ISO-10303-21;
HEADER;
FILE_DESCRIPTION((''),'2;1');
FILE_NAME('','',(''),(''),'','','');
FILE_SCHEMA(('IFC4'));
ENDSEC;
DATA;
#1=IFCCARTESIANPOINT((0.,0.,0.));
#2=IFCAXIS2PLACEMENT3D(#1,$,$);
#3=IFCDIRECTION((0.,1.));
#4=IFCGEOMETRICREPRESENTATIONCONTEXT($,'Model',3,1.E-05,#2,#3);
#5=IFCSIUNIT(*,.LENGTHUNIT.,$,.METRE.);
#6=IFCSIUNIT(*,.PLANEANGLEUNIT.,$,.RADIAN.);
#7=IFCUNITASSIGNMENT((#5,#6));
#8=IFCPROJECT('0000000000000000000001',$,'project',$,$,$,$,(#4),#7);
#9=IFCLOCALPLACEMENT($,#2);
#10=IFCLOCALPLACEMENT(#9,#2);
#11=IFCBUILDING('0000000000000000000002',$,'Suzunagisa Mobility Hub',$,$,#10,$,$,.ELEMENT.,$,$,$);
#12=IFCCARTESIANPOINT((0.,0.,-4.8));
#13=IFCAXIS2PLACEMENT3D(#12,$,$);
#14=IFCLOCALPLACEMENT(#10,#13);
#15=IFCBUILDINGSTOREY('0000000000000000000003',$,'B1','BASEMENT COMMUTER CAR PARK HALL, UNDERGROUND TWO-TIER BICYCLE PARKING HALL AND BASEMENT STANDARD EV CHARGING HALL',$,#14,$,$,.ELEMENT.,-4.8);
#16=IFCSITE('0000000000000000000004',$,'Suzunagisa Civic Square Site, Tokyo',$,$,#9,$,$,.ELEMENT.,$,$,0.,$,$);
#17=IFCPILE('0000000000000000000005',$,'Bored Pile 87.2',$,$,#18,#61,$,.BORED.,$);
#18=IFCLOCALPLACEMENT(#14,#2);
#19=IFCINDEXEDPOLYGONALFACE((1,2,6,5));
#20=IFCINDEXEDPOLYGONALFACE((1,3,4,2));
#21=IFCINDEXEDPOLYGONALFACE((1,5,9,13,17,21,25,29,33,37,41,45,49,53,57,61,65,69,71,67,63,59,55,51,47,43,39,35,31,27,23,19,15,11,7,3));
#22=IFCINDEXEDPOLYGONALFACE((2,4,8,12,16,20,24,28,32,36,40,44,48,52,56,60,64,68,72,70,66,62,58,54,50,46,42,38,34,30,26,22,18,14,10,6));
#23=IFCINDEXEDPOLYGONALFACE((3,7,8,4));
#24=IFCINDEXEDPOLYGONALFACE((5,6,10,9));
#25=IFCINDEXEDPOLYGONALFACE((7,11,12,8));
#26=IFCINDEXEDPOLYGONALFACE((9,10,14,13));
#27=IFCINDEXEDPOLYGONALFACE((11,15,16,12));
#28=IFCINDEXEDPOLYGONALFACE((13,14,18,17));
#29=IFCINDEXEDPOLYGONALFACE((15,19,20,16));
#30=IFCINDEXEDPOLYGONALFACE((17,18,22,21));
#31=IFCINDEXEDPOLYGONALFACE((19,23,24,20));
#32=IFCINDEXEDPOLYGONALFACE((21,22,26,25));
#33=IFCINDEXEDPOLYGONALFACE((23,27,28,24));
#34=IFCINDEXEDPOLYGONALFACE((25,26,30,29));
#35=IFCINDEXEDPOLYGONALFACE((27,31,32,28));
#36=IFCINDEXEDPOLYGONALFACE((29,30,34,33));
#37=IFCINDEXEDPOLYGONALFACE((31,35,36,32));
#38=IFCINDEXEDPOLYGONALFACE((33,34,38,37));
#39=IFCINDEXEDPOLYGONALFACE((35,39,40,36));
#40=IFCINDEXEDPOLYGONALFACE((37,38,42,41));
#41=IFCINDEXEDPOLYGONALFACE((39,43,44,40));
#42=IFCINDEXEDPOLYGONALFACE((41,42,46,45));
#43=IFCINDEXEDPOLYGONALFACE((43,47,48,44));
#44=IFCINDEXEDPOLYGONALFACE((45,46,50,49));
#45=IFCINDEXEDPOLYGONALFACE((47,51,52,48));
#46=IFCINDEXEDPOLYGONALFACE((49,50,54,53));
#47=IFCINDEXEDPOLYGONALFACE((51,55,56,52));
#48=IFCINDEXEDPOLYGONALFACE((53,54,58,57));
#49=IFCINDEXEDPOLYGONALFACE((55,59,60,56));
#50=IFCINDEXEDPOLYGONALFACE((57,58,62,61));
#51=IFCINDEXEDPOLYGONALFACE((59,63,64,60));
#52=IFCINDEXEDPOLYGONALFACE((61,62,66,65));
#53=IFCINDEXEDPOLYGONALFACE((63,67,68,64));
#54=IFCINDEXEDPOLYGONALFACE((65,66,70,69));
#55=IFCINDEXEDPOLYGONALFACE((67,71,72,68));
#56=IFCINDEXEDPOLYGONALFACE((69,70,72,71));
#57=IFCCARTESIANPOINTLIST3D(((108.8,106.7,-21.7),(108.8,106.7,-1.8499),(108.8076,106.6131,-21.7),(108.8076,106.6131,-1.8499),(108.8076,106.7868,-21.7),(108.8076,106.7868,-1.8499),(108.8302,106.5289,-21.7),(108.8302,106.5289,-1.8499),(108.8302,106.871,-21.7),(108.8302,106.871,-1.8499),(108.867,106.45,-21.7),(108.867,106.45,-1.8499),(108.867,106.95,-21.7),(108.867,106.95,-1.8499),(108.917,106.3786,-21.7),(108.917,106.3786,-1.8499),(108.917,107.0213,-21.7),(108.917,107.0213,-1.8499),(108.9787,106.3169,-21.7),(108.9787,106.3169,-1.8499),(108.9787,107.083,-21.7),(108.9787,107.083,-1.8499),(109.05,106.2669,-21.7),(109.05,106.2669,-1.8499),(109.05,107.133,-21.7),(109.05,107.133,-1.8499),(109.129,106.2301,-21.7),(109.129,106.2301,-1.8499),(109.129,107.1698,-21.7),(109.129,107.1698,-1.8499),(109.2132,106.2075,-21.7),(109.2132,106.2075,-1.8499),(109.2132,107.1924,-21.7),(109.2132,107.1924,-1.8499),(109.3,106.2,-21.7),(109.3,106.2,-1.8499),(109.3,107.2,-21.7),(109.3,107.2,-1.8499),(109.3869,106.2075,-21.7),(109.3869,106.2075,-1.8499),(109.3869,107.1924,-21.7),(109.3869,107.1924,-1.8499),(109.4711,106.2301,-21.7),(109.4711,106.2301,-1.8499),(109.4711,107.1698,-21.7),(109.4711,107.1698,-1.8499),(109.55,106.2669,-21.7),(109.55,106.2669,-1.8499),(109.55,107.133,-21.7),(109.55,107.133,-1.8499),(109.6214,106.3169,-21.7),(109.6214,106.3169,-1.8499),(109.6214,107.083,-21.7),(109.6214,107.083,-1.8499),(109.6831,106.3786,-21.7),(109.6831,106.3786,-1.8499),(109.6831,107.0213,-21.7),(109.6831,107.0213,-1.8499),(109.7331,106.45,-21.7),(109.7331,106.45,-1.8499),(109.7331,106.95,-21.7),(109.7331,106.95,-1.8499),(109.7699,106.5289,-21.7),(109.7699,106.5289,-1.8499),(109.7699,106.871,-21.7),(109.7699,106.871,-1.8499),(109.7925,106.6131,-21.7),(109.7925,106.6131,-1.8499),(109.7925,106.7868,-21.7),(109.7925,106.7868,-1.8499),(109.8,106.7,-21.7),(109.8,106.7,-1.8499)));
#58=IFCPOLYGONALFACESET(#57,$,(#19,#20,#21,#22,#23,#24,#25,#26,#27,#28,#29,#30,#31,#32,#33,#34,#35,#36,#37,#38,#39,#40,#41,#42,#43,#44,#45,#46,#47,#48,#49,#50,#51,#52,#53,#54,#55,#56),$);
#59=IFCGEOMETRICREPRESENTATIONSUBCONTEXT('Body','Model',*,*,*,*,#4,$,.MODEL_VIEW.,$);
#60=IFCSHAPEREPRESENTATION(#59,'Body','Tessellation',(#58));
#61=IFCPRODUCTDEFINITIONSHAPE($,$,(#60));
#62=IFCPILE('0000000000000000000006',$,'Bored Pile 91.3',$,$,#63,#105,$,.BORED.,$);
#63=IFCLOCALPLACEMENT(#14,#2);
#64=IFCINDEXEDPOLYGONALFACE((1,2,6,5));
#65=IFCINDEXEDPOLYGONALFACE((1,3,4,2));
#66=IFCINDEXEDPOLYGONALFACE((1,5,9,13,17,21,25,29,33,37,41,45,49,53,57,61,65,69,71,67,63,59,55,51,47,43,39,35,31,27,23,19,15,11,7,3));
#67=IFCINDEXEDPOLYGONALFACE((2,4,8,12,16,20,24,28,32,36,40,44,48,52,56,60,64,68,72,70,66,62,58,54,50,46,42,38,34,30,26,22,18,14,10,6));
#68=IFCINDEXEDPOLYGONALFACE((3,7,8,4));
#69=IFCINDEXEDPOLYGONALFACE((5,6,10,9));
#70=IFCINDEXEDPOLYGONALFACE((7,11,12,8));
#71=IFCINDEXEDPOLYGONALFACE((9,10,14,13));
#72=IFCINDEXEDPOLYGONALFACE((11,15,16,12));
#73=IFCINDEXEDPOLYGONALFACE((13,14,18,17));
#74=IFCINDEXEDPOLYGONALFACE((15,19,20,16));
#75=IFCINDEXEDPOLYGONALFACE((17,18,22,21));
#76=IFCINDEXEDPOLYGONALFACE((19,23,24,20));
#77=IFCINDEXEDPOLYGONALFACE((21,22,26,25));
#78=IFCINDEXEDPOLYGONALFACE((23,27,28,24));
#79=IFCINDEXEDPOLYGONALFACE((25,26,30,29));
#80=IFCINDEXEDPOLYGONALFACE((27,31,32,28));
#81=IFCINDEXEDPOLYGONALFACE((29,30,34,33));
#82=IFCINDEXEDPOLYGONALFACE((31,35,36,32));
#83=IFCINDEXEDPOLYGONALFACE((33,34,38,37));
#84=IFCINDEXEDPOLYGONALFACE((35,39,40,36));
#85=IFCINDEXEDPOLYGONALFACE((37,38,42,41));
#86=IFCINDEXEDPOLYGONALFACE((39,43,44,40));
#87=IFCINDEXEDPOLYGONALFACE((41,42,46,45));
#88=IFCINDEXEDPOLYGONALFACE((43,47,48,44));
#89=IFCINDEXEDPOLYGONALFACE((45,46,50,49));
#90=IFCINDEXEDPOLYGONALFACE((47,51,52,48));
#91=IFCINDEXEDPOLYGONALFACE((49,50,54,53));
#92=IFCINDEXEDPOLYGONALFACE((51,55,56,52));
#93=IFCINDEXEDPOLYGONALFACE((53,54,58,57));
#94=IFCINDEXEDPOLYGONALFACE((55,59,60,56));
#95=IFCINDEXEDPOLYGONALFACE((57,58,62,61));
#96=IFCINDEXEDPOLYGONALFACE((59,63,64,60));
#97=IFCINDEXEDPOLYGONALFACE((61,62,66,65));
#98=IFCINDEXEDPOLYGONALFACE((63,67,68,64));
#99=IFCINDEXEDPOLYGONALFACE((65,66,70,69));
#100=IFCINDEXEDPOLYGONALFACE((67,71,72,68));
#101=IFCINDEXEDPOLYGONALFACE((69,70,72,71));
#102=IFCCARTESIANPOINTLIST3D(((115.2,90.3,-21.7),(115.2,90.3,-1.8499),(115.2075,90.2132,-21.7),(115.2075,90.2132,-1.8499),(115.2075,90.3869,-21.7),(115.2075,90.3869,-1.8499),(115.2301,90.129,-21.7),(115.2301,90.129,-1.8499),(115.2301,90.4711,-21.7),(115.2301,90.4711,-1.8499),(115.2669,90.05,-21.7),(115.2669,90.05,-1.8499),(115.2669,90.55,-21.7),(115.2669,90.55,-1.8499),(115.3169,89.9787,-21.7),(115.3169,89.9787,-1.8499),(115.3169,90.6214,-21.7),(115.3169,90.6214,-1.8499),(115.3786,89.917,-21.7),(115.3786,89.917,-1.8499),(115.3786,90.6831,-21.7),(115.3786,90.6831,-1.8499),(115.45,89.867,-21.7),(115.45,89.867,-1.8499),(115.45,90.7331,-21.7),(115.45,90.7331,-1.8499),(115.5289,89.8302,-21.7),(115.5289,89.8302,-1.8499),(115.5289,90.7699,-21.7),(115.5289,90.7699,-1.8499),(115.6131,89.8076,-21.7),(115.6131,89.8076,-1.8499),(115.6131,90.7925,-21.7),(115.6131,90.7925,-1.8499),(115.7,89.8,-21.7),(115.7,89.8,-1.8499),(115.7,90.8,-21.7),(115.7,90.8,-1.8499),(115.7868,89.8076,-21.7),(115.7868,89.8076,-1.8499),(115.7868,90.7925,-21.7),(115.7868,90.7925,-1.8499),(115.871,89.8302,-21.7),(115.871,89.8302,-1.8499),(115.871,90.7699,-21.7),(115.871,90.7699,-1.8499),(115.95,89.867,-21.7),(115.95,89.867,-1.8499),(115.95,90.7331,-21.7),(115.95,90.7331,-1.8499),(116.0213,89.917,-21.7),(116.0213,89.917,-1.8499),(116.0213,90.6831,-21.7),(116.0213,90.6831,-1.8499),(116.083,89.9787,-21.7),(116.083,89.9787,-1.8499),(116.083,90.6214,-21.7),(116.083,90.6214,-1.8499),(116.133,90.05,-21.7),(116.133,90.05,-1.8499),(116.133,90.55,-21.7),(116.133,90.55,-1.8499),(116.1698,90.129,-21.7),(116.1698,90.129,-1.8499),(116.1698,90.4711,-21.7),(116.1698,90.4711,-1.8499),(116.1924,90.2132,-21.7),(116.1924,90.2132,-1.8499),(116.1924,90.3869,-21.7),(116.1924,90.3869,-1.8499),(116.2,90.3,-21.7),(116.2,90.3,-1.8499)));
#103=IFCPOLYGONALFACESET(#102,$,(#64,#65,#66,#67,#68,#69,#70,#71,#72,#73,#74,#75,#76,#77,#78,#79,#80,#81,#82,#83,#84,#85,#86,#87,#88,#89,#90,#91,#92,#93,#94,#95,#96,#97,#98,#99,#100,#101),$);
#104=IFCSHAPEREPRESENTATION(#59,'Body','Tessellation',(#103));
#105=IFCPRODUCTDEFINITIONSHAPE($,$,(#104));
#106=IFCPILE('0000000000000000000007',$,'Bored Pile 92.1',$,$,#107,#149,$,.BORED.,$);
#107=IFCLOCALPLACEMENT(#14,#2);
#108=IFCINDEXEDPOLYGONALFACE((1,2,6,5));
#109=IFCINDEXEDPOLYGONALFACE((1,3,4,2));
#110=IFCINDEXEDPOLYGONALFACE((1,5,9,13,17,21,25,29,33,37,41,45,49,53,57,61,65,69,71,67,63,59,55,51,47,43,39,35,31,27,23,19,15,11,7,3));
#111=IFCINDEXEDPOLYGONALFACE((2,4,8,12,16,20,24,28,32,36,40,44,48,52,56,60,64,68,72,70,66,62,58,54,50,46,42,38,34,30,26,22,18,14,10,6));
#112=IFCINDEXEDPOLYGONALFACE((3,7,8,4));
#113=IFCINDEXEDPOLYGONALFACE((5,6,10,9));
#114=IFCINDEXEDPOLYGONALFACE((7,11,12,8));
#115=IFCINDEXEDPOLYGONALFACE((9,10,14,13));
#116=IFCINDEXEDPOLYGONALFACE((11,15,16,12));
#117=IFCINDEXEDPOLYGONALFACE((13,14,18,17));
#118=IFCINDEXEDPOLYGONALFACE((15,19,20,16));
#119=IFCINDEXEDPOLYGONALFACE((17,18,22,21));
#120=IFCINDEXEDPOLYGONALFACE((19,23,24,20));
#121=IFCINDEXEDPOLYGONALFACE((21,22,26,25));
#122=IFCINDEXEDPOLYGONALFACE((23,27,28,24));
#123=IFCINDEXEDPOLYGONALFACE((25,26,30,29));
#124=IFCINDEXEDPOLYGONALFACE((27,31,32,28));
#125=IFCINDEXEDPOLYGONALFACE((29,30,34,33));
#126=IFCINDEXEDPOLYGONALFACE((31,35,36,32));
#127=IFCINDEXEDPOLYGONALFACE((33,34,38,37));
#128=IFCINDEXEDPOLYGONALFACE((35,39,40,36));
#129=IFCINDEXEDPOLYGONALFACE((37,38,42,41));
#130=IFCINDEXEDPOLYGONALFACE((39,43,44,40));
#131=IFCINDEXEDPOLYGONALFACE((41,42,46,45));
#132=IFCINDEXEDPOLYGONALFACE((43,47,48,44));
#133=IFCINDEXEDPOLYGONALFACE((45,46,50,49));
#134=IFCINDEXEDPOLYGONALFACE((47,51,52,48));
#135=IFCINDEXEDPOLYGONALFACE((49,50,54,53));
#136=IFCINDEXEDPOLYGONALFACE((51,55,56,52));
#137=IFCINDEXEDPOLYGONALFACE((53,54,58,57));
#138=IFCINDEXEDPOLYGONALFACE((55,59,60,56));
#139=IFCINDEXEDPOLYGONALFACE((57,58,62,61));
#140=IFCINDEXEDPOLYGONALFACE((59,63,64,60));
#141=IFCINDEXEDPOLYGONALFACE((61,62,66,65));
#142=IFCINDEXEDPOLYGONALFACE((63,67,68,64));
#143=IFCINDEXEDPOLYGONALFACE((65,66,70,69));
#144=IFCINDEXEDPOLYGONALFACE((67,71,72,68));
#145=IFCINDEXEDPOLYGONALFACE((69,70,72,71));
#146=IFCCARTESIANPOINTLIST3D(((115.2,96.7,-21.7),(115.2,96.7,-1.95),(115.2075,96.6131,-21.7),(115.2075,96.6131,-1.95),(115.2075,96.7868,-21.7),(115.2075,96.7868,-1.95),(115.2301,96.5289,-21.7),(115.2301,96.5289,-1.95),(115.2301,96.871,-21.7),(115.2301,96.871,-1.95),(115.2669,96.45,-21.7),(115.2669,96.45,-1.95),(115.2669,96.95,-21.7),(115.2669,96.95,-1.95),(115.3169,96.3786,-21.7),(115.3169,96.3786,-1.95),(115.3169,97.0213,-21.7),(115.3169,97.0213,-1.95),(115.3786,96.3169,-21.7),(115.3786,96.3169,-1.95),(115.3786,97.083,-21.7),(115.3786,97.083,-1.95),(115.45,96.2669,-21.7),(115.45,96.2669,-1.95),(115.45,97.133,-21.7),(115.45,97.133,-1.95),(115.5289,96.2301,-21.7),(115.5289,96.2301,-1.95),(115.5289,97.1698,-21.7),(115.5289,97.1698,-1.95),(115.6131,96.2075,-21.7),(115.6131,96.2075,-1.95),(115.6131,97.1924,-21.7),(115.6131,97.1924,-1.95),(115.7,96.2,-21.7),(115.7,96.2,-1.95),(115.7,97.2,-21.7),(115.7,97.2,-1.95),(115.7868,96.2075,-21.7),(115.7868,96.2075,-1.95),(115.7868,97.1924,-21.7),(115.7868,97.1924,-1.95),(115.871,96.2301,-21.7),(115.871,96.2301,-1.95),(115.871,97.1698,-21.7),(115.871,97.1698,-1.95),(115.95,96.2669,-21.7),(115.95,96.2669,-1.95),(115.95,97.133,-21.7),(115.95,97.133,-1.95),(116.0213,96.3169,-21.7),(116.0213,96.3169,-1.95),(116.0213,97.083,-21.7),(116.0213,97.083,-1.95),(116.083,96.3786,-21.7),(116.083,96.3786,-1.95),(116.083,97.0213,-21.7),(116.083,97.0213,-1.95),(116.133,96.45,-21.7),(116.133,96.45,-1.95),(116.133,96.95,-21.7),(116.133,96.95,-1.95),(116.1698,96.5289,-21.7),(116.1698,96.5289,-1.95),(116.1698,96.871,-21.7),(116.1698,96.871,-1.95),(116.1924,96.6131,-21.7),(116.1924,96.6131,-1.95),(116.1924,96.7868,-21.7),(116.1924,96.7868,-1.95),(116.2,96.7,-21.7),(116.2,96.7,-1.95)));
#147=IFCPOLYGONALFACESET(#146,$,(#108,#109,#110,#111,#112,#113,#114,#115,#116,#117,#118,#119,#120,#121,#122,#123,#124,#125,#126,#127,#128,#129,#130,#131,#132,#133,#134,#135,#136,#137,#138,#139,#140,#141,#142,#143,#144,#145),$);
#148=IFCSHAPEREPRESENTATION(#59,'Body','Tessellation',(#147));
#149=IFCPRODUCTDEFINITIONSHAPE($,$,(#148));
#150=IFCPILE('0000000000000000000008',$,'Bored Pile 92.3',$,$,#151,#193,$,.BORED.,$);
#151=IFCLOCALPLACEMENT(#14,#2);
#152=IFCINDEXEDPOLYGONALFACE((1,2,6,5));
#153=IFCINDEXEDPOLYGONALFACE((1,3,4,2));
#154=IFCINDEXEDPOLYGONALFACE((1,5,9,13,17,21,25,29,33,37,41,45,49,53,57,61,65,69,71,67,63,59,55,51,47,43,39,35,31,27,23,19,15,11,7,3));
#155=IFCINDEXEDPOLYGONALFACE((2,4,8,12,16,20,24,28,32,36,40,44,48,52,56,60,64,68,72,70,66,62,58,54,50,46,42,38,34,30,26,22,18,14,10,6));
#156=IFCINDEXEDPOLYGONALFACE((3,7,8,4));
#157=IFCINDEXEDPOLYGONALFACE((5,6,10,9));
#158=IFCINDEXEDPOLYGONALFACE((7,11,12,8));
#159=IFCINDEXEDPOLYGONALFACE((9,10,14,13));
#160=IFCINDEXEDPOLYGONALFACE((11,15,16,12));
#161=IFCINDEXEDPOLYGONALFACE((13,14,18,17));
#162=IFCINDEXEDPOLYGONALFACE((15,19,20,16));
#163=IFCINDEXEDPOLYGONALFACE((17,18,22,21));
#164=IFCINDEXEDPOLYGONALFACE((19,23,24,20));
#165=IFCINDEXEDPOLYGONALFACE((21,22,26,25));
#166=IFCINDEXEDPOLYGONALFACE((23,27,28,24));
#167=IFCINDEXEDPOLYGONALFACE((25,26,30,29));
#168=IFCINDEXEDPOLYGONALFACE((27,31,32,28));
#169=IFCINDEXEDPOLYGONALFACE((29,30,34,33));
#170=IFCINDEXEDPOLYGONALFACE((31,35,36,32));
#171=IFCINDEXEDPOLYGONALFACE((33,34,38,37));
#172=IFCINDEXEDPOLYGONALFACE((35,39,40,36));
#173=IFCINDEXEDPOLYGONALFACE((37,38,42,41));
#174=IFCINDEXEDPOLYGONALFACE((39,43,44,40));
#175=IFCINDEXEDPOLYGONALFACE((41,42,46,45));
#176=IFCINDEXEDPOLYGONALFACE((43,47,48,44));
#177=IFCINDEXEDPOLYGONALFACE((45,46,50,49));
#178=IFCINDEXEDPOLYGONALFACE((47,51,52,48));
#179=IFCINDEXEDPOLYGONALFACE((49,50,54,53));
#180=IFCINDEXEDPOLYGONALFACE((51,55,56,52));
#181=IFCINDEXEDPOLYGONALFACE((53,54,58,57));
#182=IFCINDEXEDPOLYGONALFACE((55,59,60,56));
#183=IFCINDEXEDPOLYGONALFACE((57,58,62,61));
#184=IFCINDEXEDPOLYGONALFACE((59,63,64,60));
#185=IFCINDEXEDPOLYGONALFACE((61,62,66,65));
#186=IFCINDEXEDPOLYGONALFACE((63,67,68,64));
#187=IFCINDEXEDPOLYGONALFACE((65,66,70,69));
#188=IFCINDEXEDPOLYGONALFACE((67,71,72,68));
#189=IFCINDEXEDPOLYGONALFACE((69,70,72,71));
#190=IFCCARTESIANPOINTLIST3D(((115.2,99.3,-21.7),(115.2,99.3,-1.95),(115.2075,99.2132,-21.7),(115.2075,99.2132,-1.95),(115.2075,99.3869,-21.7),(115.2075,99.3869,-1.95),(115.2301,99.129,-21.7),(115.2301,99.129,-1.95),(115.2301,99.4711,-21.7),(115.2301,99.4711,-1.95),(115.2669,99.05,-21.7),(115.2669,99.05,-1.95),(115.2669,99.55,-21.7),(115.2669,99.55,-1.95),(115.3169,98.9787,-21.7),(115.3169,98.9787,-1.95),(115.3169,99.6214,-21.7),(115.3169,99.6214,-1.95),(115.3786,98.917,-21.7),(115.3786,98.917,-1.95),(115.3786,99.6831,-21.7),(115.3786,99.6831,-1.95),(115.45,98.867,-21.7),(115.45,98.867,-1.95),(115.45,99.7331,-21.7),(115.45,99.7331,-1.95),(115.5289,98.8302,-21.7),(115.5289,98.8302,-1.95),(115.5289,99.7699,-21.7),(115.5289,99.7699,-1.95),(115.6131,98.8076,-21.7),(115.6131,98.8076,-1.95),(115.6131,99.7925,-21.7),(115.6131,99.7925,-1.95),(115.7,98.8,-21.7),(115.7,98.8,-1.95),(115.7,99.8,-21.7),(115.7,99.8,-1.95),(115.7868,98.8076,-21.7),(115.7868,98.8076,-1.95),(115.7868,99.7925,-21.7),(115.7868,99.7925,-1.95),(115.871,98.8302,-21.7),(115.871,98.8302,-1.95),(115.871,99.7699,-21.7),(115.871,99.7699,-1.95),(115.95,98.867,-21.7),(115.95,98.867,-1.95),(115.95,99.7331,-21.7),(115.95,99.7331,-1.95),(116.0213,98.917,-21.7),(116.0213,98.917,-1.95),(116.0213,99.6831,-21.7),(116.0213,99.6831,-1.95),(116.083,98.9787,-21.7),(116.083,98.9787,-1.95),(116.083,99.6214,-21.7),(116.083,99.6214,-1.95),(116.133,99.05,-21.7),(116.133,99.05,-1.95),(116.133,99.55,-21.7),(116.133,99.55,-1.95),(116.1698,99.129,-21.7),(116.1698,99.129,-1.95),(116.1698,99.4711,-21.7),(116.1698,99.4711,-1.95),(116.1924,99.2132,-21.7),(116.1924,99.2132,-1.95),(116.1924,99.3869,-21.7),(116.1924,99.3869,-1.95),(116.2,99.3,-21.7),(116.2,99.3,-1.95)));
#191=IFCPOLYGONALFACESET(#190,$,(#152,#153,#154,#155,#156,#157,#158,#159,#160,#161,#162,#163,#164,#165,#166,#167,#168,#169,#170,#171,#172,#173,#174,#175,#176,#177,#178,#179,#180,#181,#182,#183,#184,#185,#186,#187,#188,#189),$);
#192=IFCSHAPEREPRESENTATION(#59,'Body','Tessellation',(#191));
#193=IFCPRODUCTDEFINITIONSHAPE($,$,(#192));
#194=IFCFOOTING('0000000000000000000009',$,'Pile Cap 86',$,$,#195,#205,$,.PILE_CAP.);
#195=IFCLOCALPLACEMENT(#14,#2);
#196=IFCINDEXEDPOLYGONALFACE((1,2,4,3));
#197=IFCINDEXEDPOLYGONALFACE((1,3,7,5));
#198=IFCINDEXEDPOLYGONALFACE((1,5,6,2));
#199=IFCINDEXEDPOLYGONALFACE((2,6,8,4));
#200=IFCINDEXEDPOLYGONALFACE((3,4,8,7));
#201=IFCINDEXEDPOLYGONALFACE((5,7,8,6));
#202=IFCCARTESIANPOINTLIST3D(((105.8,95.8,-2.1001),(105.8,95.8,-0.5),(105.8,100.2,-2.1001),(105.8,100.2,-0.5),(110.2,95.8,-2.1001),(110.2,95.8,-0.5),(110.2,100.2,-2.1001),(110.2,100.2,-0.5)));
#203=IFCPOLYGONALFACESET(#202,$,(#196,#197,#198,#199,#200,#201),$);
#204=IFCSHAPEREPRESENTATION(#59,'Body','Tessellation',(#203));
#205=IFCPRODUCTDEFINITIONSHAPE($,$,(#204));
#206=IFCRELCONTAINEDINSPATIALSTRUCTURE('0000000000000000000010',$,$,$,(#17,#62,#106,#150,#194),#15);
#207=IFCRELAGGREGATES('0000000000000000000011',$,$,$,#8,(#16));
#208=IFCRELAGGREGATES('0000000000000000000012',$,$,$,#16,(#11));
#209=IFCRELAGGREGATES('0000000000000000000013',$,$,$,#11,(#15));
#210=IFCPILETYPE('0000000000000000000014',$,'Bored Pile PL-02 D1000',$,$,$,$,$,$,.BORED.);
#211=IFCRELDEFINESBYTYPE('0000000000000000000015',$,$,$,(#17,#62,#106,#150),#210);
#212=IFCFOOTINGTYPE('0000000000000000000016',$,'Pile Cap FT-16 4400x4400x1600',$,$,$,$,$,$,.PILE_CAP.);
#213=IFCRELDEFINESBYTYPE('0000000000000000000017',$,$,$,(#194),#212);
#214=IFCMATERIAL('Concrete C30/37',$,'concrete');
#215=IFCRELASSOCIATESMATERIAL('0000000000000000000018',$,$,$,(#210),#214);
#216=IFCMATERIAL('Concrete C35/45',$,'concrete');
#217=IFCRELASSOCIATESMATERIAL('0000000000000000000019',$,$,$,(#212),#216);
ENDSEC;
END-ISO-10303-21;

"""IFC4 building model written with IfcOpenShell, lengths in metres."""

from ifc_helpers import new_model, si_unit, direction, frame, origin, origin_2d, place, context, subcontext, project, spatial, rectangle, circle, extrude, material, material_profile, profile_set, type_object, element, save


model = new_model("IFC4")

# Units and contexts
model_context = context("Model", 3, precision=1e-05, world=origin(), true_north=direction((0.0, 1.0)))
body_context = subcontext(model_context, "Body", "Model", "MODEL_VIEW")
ifc_project = project(units=[si_unit("LENGTHUNIT", "METRE"), si_unit("PLANEANGLEUNIT", "RADIAN")], contexts=[model_context])

# Site, building, storey
site_placement = place(None, origin())
site = spatial("IfcSite", under=ifc_project, at=site_placement, Name="Suzunagisa Civic Square Site, Tokyo", CompositionType="ELEMENT", RefElevation=0.0)
building_placement = place(site_placement, origin())
building = spatial("IfcBuilding", under=site, at=building_placement, Name="Suzunagisa Mobility Hub", CompositionType="ELEMENT")
storey_placement = place(building_placement, frame((0.0, 0.0, -4.8)))
storey = spatial("IfcBuildingStorey", under=building, at=storey_placement, Name="B1", Description="BASEMENT COMMUTER CAR PARK HALL, UNDERGROUND TWO-TIER BICYCLE PARKING HALL AND BASEMENT STANDARD EV CHARGING HALL", CompositionType="ELEMENT", Elevation=-4.8)

# Piles
ifc_material_1 = material(Name="Concrete C30/37", Category="concrete")
ifc_material_profile_1 = material_profile(ifc_material_1, circle(Radius=0.5, at=origin_2d()), Name="BORED PILE D1000")
ifc_profile_set_1 = profile_set([ifc_material_profile_1], Name="Concrete C30/37")
pile_type_1 = type_object("IfcPileType", Name="Bored Pile PL-02 D1000", PredefinedType="BORED", material=ifc_profile_set_1)
for number, where, z_axis, x_axis, name in (
    (1, (109.3, 106.7, -1.8499), (0.0, 0.0, -1.0), (1.0, 0.0, 0.0), "Bored Pile 87.2"),
    (2, (115.7, 90.3, -1.8499), (0.0, 0.0, -1.0), (1.0, 0.0, 0.0), "Bored Pile 91.3"),
):
    element("IfcPile", number, at=place(storey_placement, frame(where, z_axis=z_axis, x_axis=x_axis)), inside=storey, type_object=pile_type_1, Name=name, PredefinedType="BORED", context=body_context, shape_type="SweptSolid", body=[
        extrude(circle(Radius=0.5, at=origin_2d()), origin(), (0.0, 0.0, 1.0), 19.8501),
    ])
for number, where, z_axis, x_axis, name in (
    (3, (115.7, 96.7, -1.95), (0.0, 0.0, -1.0), (1.0, 0.0, 0.0), "Bored Pile 92.1"),
    (4, (115.7, 99.3, -1.95), (0.0, 0.0, -1.0), (1.0, 0.0, 0.0), "Bored Pile 92.3"),
):
    element("IfcPile", number, at=place(storey_placement, frame(where, z_axis=z_axis, x_axis=x_axis)), inside=storey, type_object=pile_type_1, Name=name, PredefinedType="BORED", context=body_context, shape_type="SweptSolid", body=[
        extrude(circle(Radius=0.5, at=origin_2d()), origin(), (0.0, 0.0, 1.0), 19.75),
    ])

# Footing
ifc_material_2 = material(Name="Concrete C35/45", Category="concrete")
footing_type = type_object("IfcFootingType", Name="Pile Cap FT-16 4400x4400x1600", PredefinedType="PILE_CAP", material=ifc_material_2)
for number, where, z_axis, x_axis, name in (
    (5, (108.0, 98.0, -2.1001), (0.0, 0.0, 1.0), (1.0, 0.0, 0.0), "Pile Cap 86"),
):
    element("IfcFooting", number, at=place(storey_placement, frame(where, z_axis=z_axis, x_axis=x_axis)), inside=storey, type_object=footing_type, Name=name, PredefinedType="PILE_CAP", context=body_context, shape_type="SweptSolid", body=[
        extrude(rectangle(XDim=4.3999, YDim=4.3999, at=origin_2d()), origin(), (0.0, 0.0, 1.0), 1.6001),
    ])

save(model, "model.ifc")
